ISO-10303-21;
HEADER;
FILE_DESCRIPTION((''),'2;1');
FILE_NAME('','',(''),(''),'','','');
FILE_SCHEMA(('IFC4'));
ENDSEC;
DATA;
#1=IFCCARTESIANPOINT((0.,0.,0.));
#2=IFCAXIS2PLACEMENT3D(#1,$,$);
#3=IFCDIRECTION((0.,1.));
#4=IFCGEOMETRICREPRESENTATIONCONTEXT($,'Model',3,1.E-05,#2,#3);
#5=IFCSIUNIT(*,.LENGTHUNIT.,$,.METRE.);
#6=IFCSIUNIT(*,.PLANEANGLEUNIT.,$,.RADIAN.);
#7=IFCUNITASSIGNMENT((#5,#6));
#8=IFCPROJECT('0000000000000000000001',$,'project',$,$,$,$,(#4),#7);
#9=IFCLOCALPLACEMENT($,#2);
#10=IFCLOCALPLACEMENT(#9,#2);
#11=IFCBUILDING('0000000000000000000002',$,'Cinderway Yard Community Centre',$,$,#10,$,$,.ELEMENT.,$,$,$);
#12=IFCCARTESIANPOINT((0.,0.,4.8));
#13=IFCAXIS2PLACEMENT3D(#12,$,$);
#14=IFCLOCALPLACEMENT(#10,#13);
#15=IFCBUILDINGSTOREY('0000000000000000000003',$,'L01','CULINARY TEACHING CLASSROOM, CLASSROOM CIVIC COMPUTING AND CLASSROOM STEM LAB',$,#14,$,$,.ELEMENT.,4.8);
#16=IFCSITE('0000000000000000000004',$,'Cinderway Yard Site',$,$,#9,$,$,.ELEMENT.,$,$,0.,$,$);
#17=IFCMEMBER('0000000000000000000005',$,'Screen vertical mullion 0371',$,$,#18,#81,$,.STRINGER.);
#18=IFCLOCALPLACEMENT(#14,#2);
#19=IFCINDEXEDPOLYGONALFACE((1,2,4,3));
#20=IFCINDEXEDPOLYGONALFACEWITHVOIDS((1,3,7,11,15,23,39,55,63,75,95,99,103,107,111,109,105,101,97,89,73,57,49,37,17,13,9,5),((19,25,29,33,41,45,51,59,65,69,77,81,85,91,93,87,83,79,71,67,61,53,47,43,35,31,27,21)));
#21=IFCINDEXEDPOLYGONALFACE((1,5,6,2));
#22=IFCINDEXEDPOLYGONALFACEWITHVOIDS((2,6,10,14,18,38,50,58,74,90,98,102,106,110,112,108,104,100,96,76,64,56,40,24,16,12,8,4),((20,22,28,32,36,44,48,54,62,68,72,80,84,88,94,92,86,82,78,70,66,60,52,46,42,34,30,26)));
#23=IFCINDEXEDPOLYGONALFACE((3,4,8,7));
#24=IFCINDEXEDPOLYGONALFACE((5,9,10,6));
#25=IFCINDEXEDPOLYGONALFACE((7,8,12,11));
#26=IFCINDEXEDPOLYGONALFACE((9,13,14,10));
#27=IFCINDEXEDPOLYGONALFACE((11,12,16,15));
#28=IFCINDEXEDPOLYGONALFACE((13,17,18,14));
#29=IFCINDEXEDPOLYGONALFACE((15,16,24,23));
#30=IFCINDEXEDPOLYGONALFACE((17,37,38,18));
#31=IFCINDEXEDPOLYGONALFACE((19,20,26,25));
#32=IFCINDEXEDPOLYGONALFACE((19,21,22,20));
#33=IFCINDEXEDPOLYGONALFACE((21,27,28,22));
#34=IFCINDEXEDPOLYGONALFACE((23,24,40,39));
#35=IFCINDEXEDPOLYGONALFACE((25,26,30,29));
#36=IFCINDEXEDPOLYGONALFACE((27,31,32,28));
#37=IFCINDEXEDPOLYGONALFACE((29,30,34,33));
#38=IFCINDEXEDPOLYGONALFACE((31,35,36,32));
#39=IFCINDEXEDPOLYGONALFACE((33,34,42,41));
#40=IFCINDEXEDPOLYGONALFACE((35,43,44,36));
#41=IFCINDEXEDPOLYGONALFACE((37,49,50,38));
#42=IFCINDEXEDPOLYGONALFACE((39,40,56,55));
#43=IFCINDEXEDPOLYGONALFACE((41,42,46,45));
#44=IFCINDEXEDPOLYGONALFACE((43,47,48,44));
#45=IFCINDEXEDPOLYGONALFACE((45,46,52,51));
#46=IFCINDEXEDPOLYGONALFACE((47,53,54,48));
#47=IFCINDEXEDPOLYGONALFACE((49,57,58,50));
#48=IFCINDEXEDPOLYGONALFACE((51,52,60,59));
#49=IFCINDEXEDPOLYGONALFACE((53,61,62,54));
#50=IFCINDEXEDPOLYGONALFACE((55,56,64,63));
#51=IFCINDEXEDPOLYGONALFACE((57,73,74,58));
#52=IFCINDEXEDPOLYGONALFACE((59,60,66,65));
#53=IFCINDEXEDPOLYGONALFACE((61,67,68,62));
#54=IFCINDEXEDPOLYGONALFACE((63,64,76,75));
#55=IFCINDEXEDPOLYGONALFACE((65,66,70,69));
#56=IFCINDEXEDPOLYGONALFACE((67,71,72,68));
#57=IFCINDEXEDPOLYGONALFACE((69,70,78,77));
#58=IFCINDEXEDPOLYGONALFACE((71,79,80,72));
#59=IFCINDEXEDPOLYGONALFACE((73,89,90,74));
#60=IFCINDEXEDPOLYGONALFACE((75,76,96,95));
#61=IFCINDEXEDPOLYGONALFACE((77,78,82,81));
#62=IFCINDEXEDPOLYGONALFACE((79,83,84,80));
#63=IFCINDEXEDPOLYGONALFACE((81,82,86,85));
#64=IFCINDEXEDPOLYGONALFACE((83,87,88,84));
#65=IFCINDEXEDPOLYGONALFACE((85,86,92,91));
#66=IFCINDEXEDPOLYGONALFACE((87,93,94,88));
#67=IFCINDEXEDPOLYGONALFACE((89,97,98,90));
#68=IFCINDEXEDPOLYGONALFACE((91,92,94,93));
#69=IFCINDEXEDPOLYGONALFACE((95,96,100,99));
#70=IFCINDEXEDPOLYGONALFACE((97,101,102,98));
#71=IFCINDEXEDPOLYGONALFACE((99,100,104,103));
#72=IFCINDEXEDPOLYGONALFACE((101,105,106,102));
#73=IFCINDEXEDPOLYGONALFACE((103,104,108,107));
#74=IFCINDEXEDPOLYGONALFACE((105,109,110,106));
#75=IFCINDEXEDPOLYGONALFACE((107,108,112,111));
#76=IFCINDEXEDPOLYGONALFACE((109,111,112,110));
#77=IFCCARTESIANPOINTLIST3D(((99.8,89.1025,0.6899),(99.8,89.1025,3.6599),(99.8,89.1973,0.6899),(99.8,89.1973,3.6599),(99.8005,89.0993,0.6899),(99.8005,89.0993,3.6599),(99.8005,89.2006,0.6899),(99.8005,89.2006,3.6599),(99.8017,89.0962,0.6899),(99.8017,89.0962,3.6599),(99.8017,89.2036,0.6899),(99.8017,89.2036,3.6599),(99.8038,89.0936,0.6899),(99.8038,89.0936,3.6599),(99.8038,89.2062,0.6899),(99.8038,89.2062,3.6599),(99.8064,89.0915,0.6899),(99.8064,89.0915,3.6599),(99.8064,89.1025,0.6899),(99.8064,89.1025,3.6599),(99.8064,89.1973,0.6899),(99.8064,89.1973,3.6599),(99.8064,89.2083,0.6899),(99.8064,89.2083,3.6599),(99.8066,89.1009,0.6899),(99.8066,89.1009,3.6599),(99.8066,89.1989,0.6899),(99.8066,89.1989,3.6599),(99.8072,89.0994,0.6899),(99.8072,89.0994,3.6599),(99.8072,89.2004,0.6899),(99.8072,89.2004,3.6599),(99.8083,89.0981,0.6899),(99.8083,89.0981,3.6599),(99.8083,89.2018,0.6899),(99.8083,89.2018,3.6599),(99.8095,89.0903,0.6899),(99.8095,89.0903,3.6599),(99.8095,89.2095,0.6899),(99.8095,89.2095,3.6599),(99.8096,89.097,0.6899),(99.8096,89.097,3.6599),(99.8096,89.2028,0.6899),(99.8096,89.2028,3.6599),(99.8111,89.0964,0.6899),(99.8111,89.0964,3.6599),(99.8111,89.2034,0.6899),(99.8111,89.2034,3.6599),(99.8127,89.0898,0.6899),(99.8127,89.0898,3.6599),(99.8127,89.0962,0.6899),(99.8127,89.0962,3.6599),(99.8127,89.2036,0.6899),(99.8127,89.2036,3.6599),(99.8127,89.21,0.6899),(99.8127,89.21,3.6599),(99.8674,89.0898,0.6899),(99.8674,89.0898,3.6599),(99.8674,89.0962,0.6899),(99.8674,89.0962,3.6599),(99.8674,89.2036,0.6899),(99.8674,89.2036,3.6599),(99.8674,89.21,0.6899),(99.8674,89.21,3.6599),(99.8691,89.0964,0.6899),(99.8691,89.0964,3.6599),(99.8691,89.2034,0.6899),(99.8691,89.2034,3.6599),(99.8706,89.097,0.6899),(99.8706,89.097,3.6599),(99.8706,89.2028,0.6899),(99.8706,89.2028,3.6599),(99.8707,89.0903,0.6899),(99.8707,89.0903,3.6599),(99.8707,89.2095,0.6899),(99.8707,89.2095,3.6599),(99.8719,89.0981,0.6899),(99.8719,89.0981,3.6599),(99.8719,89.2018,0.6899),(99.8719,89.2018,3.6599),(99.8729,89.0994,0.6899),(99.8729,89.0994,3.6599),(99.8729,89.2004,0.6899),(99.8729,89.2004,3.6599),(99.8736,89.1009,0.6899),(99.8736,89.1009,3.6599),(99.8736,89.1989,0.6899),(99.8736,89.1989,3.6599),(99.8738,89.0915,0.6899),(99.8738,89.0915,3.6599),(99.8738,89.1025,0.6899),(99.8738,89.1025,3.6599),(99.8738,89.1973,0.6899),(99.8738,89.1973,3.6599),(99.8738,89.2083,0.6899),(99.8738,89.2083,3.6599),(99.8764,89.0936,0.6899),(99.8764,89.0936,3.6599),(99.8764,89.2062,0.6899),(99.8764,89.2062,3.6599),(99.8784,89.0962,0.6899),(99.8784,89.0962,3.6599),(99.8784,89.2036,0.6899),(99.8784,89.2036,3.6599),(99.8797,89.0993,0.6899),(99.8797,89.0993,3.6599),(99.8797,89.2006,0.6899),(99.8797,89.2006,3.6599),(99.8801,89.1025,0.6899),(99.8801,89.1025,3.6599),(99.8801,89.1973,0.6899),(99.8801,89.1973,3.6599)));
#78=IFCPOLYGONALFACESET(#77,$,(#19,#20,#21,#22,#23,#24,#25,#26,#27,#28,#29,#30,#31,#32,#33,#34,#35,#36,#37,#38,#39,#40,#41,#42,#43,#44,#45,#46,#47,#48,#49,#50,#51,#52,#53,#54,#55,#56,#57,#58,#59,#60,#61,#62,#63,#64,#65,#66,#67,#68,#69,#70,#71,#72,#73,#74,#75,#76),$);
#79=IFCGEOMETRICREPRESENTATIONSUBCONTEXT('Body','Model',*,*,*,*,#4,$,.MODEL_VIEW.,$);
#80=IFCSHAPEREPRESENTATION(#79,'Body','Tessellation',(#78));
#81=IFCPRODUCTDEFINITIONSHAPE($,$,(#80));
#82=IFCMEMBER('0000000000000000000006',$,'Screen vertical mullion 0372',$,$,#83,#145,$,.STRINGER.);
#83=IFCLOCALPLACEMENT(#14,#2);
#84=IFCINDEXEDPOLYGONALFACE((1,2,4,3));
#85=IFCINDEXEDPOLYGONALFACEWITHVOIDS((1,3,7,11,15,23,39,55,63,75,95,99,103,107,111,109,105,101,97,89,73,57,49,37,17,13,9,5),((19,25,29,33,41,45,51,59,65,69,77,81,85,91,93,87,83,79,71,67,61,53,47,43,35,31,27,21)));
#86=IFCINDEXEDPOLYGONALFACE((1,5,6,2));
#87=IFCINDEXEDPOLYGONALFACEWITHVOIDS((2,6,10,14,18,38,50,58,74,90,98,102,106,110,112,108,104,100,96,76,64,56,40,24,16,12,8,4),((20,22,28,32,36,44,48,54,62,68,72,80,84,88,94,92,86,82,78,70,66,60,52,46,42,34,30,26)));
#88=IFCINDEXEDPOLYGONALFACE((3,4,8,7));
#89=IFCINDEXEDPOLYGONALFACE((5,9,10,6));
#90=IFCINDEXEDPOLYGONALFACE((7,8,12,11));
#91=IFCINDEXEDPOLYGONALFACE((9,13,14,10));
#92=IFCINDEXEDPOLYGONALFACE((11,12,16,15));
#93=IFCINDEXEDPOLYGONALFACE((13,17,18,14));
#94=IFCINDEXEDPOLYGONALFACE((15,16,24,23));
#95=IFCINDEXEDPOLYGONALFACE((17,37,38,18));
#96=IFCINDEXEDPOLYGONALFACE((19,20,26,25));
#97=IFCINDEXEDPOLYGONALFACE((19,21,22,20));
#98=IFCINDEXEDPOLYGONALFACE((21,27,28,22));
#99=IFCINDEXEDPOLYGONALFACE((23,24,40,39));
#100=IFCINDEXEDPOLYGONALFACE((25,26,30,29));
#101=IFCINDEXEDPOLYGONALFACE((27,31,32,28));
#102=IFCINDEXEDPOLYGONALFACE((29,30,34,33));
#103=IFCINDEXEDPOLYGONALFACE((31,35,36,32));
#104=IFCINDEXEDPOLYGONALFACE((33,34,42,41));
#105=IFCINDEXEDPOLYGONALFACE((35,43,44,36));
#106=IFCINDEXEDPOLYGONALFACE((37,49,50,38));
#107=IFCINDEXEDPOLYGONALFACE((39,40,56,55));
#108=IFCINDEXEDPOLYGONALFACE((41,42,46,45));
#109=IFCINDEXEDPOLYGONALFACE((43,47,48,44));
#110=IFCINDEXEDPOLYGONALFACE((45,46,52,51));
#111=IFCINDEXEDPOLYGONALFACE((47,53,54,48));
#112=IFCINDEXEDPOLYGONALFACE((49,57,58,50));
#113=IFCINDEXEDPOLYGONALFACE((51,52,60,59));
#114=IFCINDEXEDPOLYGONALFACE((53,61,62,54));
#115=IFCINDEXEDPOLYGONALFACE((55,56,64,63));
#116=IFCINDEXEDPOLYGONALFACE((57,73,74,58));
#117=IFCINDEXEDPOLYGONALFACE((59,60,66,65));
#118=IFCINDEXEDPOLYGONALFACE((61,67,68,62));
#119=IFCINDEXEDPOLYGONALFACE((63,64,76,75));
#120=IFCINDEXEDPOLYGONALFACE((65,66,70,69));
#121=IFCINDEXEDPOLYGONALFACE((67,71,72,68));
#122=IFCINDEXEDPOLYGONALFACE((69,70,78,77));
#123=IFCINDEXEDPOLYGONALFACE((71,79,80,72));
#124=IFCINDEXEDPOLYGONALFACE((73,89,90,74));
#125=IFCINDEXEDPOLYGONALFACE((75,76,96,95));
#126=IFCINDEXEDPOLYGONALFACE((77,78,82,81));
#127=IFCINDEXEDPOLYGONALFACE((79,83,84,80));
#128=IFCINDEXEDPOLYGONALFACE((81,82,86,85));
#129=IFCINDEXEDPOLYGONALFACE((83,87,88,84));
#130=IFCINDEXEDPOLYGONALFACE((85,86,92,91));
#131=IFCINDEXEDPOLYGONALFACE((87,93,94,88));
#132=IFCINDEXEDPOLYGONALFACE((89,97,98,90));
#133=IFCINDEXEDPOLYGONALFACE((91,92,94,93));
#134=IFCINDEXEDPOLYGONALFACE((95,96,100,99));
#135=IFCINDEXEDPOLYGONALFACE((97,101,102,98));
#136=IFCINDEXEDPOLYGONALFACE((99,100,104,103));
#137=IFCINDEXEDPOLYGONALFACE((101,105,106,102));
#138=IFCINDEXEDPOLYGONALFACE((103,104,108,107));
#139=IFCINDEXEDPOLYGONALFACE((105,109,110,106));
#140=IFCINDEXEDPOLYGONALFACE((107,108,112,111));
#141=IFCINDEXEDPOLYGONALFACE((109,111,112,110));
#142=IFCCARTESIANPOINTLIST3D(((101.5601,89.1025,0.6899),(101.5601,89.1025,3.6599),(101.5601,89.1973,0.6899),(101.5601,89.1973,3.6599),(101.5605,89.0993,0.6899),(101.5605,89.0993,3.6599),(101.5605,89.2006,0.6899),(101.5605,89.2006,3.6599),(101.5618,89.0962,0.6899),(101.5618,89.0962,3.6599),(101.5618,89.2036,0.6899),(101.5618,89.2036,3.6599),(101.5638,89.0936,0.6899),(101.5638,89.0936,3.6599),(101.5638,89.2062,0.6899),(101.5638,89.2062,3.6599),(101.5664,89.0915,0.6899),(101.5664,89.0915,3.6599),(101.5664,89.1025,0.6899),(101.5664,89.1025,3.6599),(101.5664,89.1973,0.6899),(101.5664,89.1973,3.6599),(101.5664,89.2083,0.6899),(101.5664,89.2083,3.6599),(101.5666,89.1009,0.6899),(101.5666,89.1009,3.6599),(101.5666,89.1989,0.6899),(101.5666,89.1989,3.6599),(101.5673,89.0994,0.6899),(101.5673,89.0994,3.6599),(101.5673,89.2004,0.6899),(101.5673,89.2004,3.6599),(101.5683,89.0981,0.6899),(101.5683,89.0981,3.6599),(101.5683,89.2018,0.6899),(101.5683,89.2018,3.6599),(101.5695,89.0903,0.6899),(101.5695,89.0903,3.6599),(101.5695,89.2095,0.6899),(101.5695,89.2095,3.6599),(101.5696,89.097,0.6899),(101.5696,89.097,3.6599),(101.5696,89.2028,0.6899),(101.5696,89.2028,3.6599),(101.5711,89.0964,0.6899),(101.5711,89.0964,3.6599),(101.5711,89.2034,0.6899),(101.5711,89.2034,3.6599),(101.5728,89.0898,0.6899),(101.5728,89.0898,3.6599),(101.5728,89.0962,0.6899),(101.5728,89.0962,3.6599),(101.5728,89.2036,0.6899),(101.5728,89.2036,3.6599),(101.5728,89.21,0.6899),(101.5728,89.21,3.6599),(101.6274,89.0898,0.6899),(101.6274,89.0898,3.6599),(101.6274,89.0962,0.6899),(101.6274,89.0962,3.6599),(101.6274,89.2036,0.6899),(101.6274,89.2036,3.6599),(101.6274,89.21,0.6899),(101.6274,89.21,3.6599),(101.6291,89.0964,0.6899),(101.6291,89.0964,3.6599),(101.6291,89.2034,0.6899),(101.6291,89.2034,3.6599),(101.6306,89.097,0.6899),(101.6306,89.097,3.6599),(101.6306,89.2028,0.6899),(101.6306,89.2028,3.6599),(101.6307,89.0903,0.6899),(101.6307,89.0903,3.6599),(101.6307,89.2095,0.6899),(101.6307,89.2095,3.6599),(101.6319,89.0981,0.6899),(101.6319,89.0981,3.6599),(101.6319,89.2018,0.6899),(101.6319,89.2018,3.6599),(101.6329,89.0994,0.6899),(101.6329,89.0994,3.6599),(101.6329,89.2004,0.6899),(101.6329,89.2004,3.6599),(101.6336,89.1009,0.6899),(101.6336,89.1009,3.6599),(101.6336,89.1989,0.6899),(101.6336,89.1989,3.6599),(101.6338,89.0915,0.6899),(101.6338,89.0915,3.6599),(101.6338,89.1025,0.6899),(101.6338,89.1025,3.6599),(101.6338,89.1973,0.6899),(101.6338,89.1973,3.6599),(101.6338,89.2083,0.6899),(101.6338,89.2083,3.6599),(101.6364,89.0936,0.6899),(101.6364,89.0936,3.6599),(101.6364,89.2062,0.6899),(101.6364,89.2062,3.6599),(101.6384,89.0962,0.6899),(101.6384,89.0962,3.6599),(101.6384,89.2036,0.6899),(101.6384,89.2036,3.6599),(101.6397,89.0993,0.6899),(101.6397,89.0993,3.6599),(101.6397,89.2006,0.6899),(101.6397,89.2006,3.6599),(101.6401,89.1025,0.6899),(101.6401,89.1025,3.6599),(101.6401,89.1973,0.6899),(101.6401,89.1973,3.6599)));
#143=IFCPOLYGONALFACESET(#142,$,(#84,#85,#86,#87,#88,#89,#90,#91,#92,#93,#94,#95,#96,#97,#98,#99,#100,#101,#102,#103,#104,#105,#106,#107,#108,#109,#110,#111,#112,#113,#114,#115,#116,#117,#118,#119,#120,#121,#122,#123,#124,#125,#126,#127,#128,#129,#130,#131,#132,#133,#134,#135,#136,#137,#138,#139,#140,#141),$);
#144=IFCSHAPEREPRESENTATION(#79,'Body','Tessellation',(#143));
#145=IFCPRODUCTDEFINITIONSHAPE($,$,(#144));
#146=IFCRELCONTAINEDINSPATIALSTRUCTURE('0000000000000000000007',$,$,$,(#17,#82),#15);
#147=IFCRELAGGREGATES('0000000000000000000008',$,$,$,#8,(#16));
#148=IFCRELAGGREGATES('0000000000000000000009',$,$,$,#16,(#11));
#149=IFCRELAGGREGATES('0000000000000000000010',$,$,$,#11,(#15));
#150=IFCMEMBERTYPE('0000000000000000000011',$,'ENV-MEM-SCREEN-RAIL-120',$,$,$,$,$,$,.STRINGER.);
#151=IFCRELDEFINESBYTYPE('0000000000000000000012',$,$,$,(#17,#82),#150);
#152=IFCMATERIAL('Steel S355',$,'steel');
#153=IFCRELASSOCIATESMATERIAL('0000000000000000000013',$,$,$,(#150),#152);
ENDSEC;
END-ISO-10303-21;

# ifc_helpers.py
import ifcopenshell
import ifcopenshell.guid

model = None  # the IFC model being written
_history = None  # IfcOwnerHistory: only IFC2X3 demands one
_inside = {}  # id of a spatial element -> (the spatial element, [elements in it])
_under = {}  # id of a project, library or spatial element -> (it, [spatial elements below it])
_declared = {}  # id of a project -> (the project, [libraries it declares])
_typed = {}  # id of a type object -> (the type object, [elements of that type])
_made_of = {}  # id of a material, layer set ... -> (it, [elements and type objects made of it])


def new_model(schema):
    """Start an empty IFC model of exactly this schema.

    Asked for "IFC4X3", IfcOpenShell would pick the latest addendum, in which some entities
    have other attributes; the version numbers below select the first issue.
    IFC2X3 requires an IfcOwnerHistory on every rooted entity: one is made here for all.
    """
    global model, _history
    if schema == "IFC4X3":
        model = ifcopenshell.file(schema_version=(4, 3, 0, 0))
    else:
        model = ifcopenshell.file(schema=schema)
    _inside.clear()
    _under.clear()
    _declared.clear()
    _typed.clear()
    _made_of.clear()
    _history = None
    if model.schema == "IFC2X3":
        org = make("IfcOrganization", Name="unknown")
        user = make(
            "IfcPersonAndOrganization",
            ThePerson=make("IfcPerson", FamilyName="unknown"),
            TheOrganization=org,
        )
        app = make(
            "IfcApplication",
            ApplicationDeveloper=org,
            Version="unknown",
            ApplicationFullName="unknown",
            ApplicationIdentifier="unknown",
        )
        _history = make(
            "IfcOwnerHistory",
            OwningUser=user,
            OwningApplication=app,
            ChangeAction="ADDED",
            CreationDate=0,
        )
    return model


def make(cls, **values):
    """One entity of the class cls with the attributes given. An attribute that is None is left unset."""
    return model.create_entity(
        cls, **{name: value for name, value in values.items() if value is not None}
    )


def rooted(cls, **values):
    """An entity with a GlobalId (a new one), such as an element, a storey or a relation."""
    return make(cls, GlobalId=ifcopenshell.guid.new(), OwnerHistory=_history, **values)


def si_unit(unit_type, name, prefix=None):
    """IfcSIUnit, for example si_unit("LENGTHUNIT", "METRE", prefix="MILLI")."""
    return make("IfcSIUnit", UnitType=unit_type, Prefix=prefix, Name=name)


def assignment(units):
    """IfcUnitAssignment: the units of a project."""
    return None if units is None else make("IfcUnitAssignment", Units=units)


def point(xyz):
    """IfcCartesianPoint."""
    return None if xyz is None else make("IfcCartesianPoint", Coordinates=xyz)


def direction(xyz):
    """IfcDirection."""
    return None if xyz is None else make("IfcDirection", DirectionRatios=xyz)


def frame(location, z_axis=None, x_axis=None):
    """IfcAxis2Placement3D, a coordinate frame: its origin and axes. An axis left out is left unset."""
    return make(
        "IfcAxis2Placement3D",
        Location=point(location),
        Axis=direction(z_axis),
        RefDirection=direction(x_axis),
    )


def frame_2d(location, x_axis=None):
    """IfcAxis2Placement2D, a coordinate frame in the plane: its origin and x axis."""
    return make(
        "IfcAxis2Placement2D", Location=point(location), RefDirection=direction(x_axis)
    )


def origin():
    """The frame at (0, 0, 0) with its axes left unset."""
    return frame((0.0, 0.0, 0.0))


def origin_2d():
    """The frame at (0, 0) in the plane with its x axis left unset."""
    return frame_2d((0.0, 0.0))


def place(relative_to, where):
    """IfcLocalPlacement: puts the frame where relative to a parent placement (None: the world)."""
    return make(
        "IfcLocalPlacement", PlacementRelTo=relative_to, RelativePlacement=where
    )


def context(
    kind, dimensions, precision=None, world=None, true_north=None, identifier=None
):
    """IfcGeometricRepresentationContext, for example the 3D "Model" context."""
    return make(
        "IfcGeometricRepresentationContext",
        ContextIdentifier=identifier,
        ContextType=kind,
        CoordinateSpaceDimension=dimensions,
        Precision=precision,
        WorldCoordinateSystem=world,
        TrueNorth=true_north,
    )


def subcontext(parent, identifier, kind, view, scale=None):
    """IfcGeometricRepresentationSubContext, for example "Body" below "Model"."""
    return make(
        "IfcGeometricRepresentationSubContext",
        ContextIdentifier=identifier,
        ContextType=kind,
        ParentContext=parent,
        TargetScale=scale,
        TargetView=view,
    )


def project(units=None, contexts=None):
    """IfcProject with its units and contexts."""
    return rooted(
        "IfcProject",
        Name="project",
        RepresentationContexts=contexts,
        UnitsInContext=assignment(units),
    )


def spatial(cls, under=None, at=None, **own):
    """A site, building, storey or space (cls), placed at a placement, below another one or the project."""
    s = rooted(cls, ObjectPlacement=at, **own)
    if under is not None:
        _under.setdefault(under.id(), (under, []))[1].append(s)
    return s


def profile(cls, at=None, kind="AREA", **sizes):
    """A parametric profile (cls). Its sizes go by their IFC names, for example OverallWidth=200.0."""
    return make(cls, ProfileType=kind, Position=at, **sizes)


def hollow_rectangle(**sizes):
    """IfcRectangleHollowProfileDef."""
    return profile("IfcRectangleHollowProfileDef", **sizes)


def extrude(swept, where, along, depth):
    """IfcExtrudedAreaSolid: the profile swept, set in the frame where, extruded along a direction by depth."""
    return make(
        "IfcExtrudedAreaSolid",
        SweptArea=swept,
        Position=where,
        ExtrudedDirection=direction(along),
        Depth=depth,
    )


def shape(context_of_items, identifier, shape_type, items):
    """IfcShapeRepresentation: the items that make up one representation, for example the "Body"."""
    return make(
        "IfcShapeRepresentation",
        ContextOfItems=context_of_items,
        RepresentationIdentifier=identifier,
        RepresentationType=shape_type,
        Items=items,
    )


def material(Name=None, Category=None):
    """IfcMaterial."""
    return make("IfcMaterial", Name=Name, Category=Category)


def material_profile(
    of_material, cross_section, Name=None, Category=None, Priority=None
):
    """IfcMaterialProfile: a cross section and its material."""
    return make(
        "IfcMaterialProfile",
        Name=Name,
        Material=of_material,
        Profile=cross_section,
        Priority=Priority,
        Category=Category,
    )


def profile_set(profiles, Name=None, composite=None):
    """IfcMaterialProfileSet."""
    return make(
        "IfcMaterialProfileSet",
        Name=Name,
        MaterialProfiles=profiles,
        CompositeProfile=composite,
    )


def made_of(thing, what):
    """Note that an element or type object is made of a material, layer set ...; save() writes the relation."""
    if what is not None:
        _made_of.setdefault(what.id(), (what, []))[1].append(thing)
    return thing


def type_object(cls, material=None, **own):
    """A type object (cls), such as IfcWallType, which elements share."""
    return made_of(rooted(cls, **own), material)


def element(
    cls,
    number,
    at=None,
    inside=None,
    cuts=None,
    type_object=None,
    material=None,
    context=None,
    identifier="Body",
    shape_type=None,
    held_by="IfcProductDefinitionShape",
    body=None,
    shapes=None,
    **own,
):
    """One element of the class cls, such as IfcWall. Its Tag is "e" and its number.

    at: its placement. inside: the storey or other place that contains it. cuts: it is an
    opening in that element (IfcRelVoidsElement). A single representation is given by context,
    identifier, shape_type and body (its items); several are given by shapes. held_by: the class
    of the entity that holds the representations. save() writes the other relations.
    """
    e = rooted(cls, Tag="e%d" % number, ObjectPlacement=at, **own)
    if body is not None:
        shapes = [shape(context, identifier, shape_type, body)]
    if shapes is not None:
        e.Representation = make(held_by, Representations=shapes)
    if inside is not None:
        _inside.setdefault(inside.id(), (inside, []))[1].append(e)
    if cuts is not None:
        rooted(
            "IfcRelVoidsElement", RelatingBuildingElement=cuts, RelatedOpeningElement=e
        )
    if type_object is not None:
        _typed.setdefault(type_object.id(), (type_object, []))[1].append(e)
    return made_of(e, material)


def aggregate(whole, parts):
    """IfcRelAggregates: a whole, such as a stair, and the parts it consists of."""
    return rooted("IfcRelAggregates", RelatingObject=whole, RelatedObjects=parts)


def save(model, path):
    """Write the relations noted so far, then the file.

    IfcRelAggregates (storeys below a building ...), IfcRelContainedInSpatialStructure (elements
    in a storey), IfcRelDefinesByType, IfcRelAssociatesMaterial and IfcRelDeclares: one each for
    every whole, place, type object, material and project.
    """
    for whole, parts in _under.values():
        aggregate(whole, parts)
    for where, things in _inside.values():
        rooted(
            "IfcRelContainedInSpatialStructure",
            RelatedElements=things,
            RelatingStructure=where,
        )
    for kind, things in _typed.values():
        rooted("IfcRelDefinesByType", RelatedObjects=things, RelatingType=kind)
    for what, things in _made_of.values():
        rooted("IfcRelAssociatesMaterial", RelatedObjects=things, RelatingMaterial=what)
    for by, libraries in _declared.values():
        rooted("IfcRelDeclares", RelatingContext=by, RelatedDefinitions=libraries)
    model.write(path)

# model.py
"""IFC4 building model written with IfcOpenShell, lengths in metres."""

from ifc_helpers import new_model, si_unit, direction, frame, origin, origin_2d, place, context, subcontext, project, spatial, hollow_rectangle, extrude, material, material_profile, profile_set, type_object, element, save


model = new_model("IFC4")

# Units and contexts
model_context = context("Model", 3, precision=1e-05, world=origin(), true_north=direction((0.0, 1.0)))
body_context = subcontext(model_context, "Body", "Model", "MODEL_VIEW")
ifc_project = project(units=[si_unit("LENGTHUNIT", "METRE"), si_unit("PLANEANGLEUNIT", "RADIAN")], contexts=[model_context])

# Site, building, storey
site_placement = place(None, origin())
site = spatial("IfcSite", under=ifc_project, at=site_placement, Name="Cinderway Yard Site", CompositionType="ELEMENT", RefElevation=0.0)
building_placement = place(site_placement, origin())
building = spatial("IfcBuilding", under=site, at=building_placement, Name="Cinderway Yard Community Centre", CompositionType="ELEMENT")
storey_placement = place(building_placement, frame((0.0, 0.0, 4.8)))
storey = spatial("IfcBuildingStorey", under=building, at=storey_placement, Name="L01", Description="CULINARY TEACHING CLASSROOM, CLASSROOM CIVIC COMPUTING AND CLASSROOM STEM LAB", CompositionType="ELEMENT", Elevation=4.8)

# Members
ifc_material_1 = material(Name="Steel S355", Category="steel")
ifc_material_profile_1 = material_profile(ifc_material_1, hollow_rectangle(XDim=0.0801, YDim=0.1201, WallThickness=0.0063, InnerFilletRadius=0.0063, OuterFilletRadius=0.0127, at=origin_2d()), Name="Steel S355")
ifc_profile_set_1 = profile_set([ifc_material_profile_1], Name="Steel S355")
member_type_1 = type_object("IfcMemberType", Name="ENV-MEM-SCREEN-RAIL-120", PredefinedType="STRINGER", material=ifc_profile_set_1)
for number, where, z_axis, x_axis, name in (
    (1, (99.8401, 89.1499, 0.6899), (0.0, 0.0, 1.0), (1.0, 0.0, 0.0), "Screen vertical mullion 0371"),
    (2, (101.6001, 89.1499, 0.6899), (0.0, 0.0, 1.0), (1.0, 0.0, 0.0), "Screen vertical mullion 0372"),
):
    element("IfcMember", number, at=place(storey_placement, frame(where, z_axis=z_axis, x_axis=x_axis)), inside=storey, type_object=member_type_1, Name=name, PredefinedType="STRINGER", context=body_context, shape_type="SweptSolid", body=[
        extrude(hollow_rectangle(XDim=0.0801, YDim=0.1201, WallThickness=0.0063, InnerFilletRadius=0.0063, OuterFilletRadius=0.0127, at=origin_2d()), origin(), (0.0, 0.0, 1.0), 2.97),
    ])

save(model, "model.ifc")
